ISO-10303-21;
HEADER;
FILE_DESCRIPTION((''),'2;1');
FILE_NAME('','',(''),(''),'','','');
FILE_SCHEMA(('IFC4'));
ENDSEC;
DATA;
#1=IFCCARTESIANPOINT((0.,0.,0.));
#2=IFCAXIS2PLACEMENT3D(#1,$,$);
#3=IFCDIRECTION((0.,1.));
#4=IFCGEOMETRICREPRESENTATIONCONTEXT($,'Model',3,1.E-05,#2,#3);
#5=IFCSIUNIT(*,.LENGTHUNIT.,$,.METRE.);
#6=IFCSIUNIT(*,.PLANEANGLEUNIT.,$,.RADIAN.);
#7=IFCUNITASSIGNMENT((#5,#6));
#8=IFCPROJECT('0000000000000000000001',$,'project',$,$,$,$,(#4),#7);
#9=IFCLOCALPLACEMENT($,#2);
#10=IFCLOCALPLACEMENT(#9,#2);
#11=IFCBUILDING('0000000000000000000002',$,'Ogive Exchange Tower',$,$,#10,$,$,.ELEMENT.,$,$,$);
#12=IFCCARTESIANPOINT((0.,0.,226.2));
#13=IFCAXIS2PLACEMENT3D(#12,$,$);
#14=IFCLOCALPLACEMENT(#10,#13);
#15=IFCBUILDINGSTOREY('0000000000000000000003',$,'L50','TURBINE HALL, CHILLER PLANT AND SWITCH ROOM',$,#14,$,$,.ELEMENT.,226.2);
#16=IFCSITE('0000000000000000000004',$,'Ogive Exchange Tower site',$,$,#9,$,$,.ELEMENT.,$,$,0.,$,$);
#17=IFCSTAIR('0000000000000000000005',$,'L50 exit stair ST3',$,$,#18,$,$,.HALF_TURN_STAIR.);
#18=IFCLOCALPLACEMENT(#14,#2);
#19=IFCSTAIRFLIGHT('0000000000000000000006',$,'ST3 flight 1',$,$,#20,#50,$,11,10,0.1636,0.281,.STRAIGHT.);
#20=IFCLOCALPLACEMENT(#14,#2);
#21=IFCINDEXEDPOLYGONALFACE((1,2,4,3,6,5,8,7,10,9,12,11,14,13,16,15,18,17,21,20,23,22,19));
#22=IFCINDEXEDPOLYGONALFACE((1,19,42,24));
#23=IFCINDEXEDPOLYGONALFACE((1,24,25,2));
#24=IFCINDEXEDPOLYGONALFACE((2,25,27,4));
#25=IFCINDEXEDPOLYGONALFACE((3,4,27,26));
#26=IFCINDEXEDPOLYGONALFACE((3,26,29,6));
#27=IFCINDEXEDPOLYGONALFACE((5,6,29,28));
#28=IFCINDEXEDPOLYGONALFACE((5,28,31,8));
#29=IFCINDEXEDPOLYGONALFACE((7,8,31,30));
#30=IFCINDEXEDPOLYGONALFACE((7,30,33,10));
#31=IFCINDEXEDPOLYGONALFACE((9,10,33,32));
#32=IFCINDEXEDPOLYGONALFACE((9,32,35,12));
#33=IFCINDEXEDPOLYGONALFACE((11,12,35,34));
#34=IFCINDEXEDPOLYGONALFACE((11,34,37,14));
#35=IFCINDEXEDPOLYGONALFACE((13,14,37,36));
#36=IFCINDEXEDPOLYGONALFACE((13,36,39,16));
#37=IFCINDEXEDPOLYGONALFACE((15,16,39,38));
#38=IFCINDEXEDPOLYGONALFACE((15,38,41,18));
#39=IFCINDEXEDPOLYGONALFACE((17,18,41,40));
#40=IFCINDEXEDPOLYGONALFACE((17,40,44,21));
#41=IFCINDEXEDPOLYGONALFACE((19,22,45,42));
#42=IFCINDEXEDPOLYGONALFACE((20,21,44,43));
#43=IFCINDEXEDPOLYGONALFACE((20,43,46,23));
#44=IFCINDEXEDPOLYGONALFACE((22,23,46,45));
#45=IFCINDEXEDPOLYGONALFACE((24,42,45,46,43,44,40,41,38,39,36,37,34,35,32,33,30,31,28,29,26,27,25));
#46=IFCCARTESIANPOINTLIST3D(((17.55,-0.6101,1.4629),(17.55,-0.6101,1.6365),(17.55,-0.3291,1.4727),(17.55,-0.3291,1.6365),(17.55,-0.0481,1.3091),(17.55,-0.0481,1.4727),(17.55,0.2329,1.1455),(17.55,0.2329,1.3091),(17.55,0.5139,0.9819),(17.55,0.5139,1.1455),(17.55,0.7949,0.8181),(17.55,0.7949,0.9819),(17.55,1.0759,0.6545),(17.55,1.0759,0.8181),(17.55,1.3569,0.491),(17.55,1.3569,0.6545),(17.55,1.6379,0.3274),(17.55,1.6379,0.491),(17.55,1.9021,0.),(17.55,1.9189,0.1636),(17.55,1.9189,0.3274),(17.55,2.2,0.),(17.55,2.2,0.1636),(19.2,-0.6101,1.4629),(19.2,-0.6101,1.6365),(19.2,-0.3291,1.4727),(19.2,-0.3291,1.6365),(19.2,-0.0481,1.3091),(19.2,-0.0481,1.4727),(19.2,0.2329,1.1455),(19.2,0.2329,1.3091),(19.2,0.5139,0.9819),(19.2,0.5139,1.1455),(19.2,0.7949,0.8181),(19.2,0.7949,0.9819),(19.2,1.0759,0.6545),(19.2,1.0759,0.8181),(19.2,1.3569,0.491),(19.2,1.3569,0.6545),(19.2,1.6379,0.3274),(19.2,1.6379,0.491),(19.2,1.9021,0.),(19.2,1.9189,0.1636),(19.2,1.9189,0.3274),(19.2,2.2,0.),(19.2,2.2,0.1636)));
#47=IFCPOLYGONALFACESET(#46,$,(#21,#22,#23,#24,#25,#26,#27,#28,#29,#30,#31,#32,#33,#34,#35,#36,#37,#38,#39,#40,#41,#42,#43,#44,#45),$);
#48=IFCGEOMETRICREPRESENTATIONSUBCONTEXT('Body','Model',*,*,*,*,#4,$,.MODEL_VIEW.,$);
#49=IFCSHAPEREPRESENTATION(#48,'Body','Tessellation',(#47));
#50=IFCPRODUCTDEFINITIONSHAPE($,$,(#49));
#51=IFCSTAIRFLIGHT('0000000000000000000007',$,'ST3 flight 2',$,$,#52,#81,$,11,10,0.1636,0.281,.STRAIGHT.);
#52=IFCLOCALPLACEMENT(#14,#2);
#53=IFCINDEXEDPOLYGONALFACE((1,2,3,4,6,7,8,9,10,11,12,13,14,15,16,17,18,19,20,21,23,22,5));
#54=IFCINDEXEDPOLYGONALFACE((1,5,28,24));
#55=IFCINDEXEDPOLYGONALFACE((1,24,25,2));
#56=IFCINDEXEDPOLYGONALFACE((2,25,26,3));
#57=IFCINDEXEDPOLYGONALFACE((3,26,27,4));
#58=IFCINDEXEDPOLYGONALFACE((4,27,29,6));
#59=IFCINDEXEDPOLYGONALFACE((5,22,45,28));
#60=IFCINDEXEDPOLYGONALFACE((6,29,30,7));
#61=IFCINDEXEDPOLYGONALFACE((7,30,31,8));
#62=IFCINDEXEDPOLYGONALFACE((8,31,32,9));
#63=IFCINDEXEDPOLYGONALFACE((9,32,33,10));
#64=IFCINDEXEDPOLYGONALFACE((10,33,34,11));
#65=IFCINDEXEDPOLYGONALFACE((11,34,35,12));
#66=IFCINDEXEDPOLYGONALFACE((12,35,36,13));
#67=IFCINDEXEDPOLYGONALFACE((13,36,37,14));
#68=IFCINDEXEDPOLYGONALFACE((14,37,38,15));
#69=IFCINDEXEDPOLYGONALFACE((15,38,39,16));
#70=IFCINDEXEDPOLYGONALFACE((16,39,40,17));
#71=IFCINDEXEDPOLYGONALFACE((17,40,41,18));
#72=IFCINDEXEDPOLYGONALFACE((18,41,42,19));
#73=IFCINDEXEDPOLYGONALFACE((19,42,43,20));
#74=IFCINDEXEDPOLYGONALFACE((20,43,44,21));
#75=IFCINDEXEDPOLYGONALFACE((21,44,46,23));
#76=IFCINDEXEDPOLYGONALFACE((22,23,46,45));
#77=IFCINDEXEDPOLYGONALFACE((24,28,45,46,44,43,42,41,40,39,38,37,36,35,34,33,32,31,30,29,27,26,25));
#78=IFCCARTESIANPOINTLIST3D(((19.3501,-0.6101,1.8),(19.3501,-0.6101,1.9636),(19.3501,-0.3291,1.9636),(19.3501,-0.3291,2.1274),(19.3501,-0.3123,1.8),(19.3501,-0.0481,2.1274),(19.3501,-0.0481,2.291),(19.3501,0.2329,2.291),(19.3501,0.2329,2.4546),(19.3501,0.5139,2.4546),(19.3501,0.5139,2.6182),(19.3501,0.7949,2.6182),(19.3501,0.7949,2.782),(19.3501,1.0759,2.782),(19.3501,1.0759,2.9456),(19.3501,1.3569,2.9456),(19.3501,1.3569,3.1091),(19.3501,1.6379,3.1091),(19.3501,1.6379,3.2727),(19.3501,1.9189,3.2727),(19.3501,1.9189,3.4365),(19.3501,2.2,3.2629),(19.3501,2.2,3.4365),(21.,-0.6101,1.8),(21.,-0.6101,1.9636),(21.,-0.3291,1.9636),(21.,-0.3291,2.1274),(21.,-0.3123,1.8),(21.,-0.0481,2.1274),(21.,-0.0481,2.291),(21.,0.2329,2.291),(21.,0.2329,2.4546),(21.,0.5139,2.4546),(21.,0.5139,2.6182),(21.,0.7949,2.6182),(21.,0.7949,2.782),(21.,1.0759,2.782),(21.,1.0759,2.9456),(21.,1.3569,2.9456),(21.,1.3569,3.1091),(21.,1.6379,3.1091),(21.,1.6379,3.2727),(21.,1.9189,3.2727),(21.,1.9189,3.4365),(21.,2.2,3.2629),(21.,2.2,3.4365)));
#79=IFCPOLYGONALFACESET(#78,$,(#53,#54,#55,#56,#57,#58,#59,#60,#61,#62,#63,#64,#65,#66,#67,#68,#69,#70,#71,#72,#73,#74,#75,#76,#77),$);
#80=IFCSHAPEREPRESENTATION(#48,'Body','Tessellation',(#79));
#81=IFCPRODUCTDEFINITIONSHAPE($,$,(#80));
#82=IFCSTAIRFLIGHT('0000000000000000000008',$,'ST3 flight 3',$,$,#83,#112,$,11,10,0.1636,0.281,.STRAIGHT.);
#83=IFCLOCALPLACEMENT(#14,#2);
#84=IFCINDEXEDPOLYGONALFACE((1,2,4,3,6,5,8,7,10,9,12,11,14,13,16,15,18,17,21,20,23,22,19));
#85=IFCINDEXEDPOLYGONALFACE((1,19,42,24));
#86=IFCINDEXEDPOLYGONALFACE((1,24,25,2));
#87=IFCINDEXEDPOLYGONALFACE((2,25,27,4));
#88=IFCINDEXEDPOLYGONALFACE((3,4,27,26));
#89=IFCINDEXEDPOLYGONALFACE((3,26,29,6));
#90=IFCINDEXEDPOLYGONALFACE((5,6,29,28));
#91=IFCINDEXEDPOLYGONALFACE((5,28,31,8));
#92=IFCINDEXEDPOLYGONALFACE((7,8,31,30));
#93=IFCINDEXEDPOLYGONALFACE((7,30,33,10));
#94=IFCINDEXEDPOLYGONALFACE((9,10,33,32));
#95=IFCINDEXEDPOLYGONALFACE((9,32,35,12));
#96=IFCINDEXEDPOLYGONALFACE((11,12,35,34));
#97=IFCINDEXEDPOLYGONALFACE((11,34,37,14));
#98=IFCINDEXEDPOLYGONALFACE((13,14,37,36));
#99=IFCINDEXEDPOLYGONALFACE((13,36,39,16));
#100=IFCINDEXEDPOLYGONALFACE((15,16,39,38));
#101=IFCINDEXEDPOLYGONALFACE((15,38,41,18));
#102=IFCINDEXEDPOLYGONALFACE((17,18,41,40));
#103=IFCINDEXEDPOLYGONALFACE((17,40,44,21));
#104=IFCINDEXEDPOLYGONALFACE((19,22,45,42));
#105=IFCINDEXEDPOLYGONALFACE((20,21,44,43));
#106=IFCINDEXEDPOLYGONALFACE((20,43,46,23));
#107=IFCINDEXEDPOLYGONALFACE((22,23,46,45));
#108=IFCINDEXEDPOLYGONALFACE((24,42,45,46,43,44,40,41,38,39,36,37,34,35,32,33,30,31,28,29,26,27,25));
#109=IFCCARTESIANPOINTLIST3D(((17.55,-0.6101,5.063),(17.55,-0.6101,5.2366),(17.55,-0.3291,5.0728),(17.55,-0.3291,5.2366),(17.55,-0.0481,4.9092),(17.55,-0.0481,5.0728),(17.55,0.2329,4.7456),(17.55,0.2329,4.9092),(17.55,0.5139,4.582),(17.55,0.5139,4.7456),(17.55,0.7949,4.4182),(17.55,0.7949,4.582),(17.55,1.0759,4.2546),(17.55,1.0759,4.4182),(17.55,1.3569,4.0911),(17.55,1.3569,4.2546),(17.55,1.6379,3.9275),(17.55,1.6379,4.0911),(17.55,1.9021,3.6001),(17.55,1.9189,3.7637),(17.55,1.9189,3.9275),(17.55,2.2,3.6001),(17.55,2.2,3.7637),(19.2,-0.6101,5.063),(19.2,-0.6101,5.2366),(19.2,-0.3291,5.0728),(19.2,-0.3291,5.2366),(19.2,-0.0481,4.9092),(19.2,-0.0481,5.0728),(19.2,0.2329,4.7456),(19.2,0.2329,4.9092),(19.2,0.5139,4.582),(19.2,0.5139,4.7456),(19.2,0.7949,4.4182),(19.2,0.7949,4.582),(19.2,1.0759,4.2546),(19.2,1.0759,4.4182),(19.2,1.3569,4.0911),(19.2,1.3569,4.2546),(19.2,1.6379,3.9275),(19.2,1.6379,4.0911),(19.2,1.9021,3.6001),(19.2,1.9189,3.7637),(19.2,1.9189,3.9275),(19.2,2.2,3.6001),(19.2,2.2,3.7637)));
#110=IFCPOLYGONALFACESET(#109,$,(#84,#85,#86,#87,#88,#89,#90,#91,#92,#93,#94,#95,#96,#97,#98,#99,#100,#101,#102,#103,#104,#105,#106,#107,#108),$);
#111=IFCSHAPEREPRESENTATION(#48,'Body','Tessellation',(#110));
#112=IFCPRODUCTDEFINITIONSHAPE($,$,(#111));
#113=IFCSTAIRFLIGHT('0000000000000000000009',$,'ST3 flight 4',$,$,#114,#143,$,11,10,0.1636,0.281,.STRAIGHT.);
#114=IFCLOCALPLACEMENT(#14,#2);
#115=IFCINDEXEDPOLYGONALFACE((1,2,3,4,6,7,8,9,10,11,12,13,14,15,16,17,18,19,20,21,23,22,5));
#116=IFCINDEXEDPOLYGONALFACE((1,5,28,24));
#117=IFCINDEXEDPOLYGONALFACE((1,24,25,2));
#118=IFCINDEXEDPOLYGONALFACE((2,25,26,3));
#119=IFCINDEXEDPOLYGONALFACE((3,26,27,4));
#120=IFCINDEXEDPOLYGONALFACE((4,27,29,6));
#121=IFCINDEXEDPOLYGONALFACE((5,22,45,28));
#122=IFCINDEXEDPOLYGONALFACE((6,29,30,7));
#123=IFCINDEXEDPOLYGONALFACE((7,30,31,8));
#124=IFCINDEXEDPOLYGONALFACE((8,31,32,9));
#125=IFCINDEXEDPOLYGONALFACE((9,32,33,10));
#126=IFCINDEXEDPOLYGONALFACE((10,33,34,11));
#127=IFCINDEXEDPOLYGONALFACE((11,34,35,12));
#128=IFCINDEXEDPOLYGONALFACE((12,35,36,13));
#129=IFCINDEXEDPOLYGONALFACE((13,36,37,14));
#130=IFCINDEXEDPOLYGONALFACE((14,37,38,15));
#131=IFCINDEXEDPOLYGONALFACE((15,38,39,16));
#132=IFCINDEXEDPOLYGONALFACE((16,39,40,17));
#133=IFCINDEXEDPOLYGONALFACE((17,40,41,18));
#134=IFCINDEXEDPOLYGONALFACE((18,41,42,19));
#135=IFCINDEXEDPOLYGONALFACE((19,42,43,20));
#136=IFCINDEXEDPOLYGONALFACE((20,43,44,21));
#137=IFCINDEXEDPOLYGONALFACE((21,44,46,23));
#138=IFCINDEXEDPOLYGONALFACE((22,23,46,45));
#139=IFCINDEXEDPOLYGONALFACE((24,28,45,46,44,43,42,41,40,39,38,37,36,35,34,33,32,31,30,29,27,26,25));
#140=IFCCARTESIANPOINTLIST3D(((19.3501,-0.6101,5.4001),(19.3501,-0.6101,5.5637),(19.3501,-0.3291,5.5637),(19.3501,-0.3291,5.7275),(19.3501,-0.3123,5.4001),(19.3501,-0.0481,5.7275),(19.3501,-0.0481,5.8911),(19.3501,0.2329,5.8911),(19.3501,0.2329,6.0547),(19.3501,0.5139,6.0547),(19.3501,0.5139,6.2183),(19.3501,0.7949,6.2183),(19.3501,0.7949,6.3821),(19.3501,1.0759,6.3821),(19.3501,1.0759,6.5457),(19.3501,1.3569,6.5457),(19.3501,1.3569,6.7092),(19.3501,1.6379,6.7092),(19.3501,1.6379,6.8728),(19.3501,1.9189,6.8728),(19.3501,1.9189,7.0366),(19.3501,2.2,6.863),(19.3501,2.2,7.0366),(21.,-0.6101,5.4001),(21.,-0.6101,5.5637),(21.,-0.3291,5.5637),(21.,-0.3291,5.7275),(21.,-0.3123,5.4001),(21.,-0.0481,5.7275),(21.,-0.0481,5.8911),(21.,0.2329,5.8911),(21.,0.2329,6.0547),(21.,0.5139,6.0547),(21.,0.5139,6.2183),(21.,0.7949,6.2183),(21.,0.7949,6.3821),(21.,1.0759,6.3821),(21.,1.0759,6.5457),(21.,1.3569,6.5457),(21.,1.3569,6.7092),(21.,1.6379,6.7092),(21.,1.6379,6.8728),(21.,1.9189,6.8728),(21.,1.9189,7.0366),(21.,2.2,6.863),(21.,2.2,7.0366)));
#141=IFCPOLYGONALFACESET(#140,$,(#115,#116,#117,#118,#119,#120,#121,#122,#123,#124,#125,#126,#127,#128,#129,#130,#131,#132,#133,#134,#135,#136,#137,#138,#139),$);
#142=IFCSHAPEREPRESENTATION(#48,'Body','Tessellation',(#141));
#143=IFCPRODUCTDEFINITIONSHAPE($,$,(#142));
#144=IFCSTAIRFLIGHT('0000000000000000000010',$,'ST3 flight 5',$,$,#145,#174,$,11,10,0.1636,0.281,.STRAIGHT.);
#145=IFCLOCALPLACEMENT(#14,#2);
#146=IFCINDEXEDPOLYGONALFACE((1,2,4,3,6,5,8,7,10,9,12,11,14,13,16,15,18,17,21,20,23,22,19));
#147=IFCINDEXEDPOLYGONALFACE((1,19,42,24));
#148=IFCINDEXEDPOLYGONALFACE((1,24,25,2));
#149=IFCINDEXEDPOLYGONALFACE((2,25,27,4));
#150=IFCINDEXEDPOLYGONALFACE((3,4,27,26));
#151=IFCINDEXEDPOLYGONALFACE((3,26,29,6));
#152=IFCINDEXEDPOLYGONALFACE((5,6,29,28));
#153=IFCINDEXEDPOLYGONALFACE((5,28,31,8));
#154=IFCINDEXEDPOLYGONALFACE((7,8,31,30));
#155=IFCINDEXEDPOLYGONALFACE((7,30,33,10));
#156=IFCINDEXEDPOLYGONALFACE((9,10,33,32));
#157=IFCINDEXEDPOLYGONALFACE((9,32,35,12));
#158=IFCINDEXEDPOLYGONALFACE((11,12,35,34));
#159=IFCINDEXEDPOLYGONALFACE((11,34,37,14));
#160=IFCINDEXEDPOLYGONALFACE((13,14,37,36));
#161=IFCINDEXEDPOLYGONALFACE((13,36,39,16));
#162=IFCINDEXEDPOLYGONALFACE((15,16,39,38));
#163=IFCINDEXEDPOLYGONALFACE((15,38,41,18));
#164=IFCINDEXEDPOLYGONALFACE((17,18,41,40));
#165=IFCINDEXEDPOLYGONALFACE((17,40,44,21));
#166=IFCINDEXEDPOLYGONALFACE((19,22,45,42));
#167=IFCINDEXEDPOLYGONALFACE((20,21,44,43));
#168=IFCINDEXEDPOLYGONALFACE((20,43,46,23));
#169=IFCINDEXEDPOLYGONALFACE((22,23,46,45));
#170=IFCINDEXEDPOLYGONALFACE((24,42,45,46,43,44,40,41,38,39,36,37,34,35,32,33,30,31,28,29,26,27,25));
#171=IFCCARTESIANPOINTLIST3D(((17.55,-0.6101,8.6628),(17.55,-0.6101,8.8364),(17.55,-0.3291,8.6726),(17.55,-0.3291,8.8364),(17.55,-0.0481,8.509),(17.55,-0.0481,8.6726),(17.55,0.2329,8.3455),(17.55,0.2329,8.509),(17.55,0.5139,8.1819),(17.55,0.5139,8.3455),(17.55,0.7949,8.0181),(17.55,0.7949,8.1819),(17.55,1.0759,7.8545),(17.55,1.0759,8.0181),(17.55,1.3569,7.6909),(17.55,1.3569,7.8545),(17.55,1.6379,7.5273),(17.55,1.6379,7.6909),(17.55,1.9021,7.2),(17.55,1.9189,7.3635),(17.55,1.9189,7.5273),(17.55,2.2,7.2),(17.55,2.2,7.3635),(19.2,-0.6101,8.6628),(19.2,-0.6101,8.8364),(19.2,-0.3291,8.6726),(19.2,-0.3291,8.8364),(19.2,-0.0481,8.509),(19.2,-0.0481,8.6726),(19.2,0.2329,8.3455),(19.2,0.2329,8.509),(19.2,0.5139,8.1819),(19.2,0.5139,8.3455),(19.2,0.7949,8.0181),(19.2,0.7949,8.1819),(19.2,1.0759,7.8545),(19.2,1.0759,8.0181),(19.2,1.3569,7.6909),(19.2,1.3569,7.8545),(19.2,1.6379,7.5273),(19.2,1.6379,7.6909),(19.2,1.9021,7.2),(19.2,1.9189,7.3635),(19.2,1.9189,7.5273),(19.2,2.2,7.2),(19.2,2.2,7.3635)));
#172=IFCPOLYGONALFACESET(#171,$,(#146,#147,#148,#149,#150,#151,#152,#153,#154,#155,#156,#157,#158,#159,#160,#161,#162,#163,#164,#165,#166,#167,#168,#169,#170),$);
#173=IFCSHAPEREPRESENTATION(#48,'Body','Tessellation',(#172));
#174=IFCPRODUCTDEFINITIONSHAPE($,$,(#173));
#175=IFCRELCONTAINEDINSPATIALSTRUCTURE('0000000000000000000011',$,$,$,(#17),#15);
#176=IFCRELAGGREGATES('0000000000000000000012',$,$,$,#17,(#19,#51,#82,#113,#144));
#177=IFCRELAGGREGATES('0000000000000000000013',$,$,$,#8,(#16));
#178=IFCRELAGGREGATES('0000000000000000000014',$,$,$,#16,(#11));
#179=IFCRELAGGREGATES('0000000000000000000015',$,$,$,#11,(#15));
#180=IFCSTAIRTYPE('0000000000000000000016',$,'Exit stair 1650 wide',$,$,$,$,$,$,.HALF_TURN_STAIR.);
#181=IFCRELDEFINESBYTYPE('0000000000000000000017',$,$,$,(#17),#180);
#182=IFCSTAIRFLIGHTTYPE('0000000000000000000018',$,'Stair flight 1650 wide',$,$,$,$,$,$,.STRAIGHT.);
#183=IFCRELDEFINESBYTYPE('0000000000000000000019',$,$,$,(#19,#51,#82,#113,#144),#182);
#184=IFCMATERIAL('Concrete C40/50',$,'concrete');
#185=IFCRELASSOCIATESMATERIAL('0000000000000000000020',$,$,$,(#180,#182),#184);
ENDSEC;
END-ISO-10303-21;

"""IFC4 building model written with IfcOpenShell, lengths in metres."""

from ifc_helpers import new_model, si_unit, direction, frame, origin, place, context, subcontext, project, spatial, polyline, outline, extrude, material, type_object, element, aggregate, save


model = new_model("IFC4")

# Units and contexts
model_context = context("Model", 3, precision=1e-05, world=origin(), true_north=direction((0.0, 1.0)))
body_context = subcontext(model_context, "Body", "Model", "MODEL_VIEW")
ifc_project = project(units=[si_unit("LENGTHUNIT", "METRE"), si_unit("PLANEANGLEUNIT", "RADIAN")], contexts=[model_context])

# Site, building, storey
site_placement = place(None, origin())
site = spatial("IfcSite", under=ifc_project, at=site_placement, Name="Ogive Exchange Tower site", CompositionType="ELEMENT", RefElevation=0.0)
building_placement = place(site_placement, origin())
building = spatial("IfcBuilding", under=site, at=building_placement, Name="Ogive Exchange Tower", CompositionType="ELEMENT")
storey_placement = place(building_placement, frame((0.0, 0.0, 226.2)))
storey = spatial("IfcBuildingStorey", under=building, at=storey_placement, Name="L50", Description="TURBINE HALL, CHILLER PLANT AND SWITCH ROOM", CompositionType="ELEMENT", Elevation=226.2)

# Stair, stair flights
ifc_material_1 = material(Name="Concrete C40/50", Category="concrete")
stair_type = type_object("IfcStairType", Name="Exit stair 1650 wide", PredefinedType="HALF_TURN_STAIR", material=ifc_material_1)
stair_placement = place(storey_placement, origin())
stair = element("IfcStair", 1, at=stair_placement, inside=storey, type_object=stair_type, Name="L50 exit stair ST3", PredefinedType="HALF_TURN_STAIR")
stair_flight_type = type_object("IfcStairFlightType", Name="Stair flight 1650 wide", PredefinedType="STRAIGHT", material=ifc_material_1)
stair_flight_1_placement = place(storey_placement, frame((18.375, 2.2, 0.0), z_axis=(0.0, 0.0, 1.0), x_axis=(0.0, -1.0, 0.0)))
stair_flight_1 = element("IfcStairFlight", 2, at=stair_flight_1_placement, type_object=stair_flight_type, Name="ST3 flight 1", NumberOfRisers=11, NumberOfTreads=10, PredefinedType="STRAIGHT", RiserHeight=0.1636, TreadLength=0.281, context=body_context, shape_type="SweptSolid", body=[
    extrude(outline(polyline([(0.0, 0.0), (0.0, 0.1636), (0.281, 0.1636), (0.281, 0.3274), (0.562, 0.3274), (0.562, 0.491), (0.843, 0.491), (0.843, 0.6545), (1.124, 0.6545), (1.124, 0.8181), (1.405, 0.8181), (1.405, 0.9819), (1.686, 0.9819), (1.686, 1.1455), (1.967, 1.1455), (1.967, 1.3091), (2.248, 1.3091), (2.248, 1.4727), (2.5291, 1.4727), (2.5291, 1.6365), (2.8101, 1.6365), (2.8101, 1.8), (2.8101, 1.4629), (0.2979, 0.0), (0.0, 0.0)])), frame((0.0, 0.825, 0.0), z_axis=(0.0, -1.0, 0.0), x_axis=(1.0, 0.0, 0.0)), (0.0, 0.0, 1.0), 1.6499),
])
stair_flight_2_placement = place(storey_placement, frame((20.175, -0.6101, 1.8), z_axis=(0.0, 0.0, 1.0), x_axis=(0.0, 1.0, 0.0)))
stair_flight_2 = element("IfcStairFlight", 3, at=stair_flight_2_placement, type_object=stair_flight_type, Name="ST3 flight 2", NumberOfRisers=11, NumberOfTreads=10, PredefinedType="STRAIGHT", RiserHeight=0.1636, TreadLength=0.281, context=body_context, shape_type="SweptSolid", body=[
    extrude(outline(polyline([(0.0, 0.0), (0.0, 0.1636), (0.281, 0.1636), (0.281, 0.3274), (0.562, 0.3274), (0.562, 0.491), (0.843, 0.491), (0.843, 0.6545), (1.124, 0.6545), (1.124, 0.8181), (1.405, 0.8181), (1.405, 0.9819), (1.686, 0.9819), (1.686, 1.1455), (1.967, 1.1455), (1.967, 1.3091), (2.248, 1.3091), (2.248, 1.4727), (2.5291, 1.4727), (2.5291, 1.6365), (2.8101, 1.6365), (2.8101, 1.8), (2.8101, 1.4629), (0.2979, 0.0), (0.0, 0.0)])), frame((0.0, 0.825, 0.0), z_axis=(0.0, -1.0, 0.0), x_axis=(1.0, 0.0, 0.0)), (0.0, 0.0, 1.0), 1.6499),
])
stair_flight_3_placement = place(storey_placement, frame((18.375, 2.2, 3.6001), z_axis=(0.0, 0.0, 1.0), x_axis=(0.0, -1.0, 0.0)))
stair_flight_3 = element("IfcStairFlight", 4, at=stair_flight_3_placement, type_object=stair_flight_type, Name="ST3 flight 3", NumberOfRisers=11, NumberOfTreads=10, PredefinedType="STRAIGHT", RiserHeight=0.1636, TreadLength=0.281, context=body_context, shape_type="SweptSolid", body=[
    extrude(outline(polyline([(0.0, 0.0), (0.0, 0.1636), (0.281, 0.1636), (0.281, 0.3274), (0.562, 0.3274), (0.562, 0.491), (0.843, 0.491), (0.843, 0.6545), (1.124, 0.6545), (1.124, 0.8181), (1.405, 0.8181), (1.405, 0.9819), (1.686, 0.9819), (1.686, 1.1455), (1.967, 1.1455), (1.967, 1.3091), (2.248, 1.3091), (2.248, 1.4727), (2.5291, 1.4727), (2.5291, 1.6365), (2.8101, 1.6365), (2.8101, 1.8), (2.8101, 1.4629), (0.2979, 0.0), (0.0, 0.0)])), frame((0.0, 0.825, 0.0), z_axis=(0.0, -1.0, 0.0), x_axis=(1.0, 0.0, 0.0)), (0.0, 0.0, 1.0), 1.6499),
])
stair_flight_4_placement = place(storey_placement, frame((20.175, -0.6101, 5.4001), z_axis=(0.0, 0.0, 1.0), x_axis=(0.0, 1.0, 0.0)))
stair_flight_4 = element("IfcStairFlight", 5, at=stair_flight_4_placement, type_object=stair_flight_type, Name="ST3 flight 4", NumberOfRisers=11, NumberOfTreads=10, PredefinedType="STRAIGHT", RiserHeight=0.1636, TreadLength=0.281, context=body_context, shape_type="SweptSolid", body=[
    extrude(outline(polyline([(0.0, 0.0), (0.0, 0.1636), (0.281, 0.1636), (0.281, 0.3274), (0.562, 0.3274), (0.562, 0.491), (0.843, 0.491), (0.843, 0.6545), (1.124, 0.6545), (1.124, 0.8181), (1.405, 0.8181), (1.405, 0.9819), (1.686, 0.9819), (1.686, 1.1455), (1.967, 1.1455), (1.967, 1.3091), (2.248, 1.3091), (2.248, 1.4727), (2.5291, 1.4727), (2.5291, 1.6365), (2.8101, 1.6365), (2.8101, 1.8), (2.8101, 1.4629), (0.2979, 0.0), (0.0, 0.0)])), frame((0.0, 0.825, 0.0), z_axis=(0.0, -1.0, 0.0), x_axis=(1.0, 0.0, 0.0)), (0.0, 0.0, 1.0), 1.6499),
])
stair_flight_5_placement = place(storey_placement, frame((18.375, 2.2, 7.2), z_axis=(0.0, 0.0, 1.0), x_axis=(0.0, -1.0, 0.0)))
stair_flight_5 = element("IfcStairFlight", 6, at=stair_flight_5_placement, type_object=stair_flight_type, Name="ST3 flight 5", NumberOfRisers=11, NumberOfTreads=10, PredefinedType="STRAIGHT", RiserHeight=0.1636, TreadLength=0.281, context=body_context, shape_type="SweptSolid", body=[
    extrude(outline(polyline([(0.0, 0.0), (0.0, 0.1636), (0.281, 0.1636), (0.281, 0.3274), (0.562, 0.3274), (0.562, 0.491), (0.843, 0.491), (0.843, 0.6545), (1.124, 0.6545), (1.124, 0.8181), (1.405, 0.8181), (1.405, 0.9819), (1.686, 0.9819), (1.686, 1.1455), (1.967, 1.1455), (1.967, 1.3091), (2.248, 1.3091), (2.248, 1.4727), (2.5291, 1.4727), (2.5291, 1.6365), (2.8101, 1.6365), (2.8101, 1.8), (2.8101, 1.4629), (0.2979, 0.0), (0.0, 0.0)])), frame((0.0, 0.825, 0.0), z_axis=(0.0, -1.0, 0.0), x_axis=(1.0, 0.0, 0.0)), (0.0, 0.0, 1.0), 1.6499),
])
aggregate(stair, [stair_flight_1, stair_flight_2, stair_flight_3, stair_flight_4, stair_flight_5])

save(model, "model.ifc")
